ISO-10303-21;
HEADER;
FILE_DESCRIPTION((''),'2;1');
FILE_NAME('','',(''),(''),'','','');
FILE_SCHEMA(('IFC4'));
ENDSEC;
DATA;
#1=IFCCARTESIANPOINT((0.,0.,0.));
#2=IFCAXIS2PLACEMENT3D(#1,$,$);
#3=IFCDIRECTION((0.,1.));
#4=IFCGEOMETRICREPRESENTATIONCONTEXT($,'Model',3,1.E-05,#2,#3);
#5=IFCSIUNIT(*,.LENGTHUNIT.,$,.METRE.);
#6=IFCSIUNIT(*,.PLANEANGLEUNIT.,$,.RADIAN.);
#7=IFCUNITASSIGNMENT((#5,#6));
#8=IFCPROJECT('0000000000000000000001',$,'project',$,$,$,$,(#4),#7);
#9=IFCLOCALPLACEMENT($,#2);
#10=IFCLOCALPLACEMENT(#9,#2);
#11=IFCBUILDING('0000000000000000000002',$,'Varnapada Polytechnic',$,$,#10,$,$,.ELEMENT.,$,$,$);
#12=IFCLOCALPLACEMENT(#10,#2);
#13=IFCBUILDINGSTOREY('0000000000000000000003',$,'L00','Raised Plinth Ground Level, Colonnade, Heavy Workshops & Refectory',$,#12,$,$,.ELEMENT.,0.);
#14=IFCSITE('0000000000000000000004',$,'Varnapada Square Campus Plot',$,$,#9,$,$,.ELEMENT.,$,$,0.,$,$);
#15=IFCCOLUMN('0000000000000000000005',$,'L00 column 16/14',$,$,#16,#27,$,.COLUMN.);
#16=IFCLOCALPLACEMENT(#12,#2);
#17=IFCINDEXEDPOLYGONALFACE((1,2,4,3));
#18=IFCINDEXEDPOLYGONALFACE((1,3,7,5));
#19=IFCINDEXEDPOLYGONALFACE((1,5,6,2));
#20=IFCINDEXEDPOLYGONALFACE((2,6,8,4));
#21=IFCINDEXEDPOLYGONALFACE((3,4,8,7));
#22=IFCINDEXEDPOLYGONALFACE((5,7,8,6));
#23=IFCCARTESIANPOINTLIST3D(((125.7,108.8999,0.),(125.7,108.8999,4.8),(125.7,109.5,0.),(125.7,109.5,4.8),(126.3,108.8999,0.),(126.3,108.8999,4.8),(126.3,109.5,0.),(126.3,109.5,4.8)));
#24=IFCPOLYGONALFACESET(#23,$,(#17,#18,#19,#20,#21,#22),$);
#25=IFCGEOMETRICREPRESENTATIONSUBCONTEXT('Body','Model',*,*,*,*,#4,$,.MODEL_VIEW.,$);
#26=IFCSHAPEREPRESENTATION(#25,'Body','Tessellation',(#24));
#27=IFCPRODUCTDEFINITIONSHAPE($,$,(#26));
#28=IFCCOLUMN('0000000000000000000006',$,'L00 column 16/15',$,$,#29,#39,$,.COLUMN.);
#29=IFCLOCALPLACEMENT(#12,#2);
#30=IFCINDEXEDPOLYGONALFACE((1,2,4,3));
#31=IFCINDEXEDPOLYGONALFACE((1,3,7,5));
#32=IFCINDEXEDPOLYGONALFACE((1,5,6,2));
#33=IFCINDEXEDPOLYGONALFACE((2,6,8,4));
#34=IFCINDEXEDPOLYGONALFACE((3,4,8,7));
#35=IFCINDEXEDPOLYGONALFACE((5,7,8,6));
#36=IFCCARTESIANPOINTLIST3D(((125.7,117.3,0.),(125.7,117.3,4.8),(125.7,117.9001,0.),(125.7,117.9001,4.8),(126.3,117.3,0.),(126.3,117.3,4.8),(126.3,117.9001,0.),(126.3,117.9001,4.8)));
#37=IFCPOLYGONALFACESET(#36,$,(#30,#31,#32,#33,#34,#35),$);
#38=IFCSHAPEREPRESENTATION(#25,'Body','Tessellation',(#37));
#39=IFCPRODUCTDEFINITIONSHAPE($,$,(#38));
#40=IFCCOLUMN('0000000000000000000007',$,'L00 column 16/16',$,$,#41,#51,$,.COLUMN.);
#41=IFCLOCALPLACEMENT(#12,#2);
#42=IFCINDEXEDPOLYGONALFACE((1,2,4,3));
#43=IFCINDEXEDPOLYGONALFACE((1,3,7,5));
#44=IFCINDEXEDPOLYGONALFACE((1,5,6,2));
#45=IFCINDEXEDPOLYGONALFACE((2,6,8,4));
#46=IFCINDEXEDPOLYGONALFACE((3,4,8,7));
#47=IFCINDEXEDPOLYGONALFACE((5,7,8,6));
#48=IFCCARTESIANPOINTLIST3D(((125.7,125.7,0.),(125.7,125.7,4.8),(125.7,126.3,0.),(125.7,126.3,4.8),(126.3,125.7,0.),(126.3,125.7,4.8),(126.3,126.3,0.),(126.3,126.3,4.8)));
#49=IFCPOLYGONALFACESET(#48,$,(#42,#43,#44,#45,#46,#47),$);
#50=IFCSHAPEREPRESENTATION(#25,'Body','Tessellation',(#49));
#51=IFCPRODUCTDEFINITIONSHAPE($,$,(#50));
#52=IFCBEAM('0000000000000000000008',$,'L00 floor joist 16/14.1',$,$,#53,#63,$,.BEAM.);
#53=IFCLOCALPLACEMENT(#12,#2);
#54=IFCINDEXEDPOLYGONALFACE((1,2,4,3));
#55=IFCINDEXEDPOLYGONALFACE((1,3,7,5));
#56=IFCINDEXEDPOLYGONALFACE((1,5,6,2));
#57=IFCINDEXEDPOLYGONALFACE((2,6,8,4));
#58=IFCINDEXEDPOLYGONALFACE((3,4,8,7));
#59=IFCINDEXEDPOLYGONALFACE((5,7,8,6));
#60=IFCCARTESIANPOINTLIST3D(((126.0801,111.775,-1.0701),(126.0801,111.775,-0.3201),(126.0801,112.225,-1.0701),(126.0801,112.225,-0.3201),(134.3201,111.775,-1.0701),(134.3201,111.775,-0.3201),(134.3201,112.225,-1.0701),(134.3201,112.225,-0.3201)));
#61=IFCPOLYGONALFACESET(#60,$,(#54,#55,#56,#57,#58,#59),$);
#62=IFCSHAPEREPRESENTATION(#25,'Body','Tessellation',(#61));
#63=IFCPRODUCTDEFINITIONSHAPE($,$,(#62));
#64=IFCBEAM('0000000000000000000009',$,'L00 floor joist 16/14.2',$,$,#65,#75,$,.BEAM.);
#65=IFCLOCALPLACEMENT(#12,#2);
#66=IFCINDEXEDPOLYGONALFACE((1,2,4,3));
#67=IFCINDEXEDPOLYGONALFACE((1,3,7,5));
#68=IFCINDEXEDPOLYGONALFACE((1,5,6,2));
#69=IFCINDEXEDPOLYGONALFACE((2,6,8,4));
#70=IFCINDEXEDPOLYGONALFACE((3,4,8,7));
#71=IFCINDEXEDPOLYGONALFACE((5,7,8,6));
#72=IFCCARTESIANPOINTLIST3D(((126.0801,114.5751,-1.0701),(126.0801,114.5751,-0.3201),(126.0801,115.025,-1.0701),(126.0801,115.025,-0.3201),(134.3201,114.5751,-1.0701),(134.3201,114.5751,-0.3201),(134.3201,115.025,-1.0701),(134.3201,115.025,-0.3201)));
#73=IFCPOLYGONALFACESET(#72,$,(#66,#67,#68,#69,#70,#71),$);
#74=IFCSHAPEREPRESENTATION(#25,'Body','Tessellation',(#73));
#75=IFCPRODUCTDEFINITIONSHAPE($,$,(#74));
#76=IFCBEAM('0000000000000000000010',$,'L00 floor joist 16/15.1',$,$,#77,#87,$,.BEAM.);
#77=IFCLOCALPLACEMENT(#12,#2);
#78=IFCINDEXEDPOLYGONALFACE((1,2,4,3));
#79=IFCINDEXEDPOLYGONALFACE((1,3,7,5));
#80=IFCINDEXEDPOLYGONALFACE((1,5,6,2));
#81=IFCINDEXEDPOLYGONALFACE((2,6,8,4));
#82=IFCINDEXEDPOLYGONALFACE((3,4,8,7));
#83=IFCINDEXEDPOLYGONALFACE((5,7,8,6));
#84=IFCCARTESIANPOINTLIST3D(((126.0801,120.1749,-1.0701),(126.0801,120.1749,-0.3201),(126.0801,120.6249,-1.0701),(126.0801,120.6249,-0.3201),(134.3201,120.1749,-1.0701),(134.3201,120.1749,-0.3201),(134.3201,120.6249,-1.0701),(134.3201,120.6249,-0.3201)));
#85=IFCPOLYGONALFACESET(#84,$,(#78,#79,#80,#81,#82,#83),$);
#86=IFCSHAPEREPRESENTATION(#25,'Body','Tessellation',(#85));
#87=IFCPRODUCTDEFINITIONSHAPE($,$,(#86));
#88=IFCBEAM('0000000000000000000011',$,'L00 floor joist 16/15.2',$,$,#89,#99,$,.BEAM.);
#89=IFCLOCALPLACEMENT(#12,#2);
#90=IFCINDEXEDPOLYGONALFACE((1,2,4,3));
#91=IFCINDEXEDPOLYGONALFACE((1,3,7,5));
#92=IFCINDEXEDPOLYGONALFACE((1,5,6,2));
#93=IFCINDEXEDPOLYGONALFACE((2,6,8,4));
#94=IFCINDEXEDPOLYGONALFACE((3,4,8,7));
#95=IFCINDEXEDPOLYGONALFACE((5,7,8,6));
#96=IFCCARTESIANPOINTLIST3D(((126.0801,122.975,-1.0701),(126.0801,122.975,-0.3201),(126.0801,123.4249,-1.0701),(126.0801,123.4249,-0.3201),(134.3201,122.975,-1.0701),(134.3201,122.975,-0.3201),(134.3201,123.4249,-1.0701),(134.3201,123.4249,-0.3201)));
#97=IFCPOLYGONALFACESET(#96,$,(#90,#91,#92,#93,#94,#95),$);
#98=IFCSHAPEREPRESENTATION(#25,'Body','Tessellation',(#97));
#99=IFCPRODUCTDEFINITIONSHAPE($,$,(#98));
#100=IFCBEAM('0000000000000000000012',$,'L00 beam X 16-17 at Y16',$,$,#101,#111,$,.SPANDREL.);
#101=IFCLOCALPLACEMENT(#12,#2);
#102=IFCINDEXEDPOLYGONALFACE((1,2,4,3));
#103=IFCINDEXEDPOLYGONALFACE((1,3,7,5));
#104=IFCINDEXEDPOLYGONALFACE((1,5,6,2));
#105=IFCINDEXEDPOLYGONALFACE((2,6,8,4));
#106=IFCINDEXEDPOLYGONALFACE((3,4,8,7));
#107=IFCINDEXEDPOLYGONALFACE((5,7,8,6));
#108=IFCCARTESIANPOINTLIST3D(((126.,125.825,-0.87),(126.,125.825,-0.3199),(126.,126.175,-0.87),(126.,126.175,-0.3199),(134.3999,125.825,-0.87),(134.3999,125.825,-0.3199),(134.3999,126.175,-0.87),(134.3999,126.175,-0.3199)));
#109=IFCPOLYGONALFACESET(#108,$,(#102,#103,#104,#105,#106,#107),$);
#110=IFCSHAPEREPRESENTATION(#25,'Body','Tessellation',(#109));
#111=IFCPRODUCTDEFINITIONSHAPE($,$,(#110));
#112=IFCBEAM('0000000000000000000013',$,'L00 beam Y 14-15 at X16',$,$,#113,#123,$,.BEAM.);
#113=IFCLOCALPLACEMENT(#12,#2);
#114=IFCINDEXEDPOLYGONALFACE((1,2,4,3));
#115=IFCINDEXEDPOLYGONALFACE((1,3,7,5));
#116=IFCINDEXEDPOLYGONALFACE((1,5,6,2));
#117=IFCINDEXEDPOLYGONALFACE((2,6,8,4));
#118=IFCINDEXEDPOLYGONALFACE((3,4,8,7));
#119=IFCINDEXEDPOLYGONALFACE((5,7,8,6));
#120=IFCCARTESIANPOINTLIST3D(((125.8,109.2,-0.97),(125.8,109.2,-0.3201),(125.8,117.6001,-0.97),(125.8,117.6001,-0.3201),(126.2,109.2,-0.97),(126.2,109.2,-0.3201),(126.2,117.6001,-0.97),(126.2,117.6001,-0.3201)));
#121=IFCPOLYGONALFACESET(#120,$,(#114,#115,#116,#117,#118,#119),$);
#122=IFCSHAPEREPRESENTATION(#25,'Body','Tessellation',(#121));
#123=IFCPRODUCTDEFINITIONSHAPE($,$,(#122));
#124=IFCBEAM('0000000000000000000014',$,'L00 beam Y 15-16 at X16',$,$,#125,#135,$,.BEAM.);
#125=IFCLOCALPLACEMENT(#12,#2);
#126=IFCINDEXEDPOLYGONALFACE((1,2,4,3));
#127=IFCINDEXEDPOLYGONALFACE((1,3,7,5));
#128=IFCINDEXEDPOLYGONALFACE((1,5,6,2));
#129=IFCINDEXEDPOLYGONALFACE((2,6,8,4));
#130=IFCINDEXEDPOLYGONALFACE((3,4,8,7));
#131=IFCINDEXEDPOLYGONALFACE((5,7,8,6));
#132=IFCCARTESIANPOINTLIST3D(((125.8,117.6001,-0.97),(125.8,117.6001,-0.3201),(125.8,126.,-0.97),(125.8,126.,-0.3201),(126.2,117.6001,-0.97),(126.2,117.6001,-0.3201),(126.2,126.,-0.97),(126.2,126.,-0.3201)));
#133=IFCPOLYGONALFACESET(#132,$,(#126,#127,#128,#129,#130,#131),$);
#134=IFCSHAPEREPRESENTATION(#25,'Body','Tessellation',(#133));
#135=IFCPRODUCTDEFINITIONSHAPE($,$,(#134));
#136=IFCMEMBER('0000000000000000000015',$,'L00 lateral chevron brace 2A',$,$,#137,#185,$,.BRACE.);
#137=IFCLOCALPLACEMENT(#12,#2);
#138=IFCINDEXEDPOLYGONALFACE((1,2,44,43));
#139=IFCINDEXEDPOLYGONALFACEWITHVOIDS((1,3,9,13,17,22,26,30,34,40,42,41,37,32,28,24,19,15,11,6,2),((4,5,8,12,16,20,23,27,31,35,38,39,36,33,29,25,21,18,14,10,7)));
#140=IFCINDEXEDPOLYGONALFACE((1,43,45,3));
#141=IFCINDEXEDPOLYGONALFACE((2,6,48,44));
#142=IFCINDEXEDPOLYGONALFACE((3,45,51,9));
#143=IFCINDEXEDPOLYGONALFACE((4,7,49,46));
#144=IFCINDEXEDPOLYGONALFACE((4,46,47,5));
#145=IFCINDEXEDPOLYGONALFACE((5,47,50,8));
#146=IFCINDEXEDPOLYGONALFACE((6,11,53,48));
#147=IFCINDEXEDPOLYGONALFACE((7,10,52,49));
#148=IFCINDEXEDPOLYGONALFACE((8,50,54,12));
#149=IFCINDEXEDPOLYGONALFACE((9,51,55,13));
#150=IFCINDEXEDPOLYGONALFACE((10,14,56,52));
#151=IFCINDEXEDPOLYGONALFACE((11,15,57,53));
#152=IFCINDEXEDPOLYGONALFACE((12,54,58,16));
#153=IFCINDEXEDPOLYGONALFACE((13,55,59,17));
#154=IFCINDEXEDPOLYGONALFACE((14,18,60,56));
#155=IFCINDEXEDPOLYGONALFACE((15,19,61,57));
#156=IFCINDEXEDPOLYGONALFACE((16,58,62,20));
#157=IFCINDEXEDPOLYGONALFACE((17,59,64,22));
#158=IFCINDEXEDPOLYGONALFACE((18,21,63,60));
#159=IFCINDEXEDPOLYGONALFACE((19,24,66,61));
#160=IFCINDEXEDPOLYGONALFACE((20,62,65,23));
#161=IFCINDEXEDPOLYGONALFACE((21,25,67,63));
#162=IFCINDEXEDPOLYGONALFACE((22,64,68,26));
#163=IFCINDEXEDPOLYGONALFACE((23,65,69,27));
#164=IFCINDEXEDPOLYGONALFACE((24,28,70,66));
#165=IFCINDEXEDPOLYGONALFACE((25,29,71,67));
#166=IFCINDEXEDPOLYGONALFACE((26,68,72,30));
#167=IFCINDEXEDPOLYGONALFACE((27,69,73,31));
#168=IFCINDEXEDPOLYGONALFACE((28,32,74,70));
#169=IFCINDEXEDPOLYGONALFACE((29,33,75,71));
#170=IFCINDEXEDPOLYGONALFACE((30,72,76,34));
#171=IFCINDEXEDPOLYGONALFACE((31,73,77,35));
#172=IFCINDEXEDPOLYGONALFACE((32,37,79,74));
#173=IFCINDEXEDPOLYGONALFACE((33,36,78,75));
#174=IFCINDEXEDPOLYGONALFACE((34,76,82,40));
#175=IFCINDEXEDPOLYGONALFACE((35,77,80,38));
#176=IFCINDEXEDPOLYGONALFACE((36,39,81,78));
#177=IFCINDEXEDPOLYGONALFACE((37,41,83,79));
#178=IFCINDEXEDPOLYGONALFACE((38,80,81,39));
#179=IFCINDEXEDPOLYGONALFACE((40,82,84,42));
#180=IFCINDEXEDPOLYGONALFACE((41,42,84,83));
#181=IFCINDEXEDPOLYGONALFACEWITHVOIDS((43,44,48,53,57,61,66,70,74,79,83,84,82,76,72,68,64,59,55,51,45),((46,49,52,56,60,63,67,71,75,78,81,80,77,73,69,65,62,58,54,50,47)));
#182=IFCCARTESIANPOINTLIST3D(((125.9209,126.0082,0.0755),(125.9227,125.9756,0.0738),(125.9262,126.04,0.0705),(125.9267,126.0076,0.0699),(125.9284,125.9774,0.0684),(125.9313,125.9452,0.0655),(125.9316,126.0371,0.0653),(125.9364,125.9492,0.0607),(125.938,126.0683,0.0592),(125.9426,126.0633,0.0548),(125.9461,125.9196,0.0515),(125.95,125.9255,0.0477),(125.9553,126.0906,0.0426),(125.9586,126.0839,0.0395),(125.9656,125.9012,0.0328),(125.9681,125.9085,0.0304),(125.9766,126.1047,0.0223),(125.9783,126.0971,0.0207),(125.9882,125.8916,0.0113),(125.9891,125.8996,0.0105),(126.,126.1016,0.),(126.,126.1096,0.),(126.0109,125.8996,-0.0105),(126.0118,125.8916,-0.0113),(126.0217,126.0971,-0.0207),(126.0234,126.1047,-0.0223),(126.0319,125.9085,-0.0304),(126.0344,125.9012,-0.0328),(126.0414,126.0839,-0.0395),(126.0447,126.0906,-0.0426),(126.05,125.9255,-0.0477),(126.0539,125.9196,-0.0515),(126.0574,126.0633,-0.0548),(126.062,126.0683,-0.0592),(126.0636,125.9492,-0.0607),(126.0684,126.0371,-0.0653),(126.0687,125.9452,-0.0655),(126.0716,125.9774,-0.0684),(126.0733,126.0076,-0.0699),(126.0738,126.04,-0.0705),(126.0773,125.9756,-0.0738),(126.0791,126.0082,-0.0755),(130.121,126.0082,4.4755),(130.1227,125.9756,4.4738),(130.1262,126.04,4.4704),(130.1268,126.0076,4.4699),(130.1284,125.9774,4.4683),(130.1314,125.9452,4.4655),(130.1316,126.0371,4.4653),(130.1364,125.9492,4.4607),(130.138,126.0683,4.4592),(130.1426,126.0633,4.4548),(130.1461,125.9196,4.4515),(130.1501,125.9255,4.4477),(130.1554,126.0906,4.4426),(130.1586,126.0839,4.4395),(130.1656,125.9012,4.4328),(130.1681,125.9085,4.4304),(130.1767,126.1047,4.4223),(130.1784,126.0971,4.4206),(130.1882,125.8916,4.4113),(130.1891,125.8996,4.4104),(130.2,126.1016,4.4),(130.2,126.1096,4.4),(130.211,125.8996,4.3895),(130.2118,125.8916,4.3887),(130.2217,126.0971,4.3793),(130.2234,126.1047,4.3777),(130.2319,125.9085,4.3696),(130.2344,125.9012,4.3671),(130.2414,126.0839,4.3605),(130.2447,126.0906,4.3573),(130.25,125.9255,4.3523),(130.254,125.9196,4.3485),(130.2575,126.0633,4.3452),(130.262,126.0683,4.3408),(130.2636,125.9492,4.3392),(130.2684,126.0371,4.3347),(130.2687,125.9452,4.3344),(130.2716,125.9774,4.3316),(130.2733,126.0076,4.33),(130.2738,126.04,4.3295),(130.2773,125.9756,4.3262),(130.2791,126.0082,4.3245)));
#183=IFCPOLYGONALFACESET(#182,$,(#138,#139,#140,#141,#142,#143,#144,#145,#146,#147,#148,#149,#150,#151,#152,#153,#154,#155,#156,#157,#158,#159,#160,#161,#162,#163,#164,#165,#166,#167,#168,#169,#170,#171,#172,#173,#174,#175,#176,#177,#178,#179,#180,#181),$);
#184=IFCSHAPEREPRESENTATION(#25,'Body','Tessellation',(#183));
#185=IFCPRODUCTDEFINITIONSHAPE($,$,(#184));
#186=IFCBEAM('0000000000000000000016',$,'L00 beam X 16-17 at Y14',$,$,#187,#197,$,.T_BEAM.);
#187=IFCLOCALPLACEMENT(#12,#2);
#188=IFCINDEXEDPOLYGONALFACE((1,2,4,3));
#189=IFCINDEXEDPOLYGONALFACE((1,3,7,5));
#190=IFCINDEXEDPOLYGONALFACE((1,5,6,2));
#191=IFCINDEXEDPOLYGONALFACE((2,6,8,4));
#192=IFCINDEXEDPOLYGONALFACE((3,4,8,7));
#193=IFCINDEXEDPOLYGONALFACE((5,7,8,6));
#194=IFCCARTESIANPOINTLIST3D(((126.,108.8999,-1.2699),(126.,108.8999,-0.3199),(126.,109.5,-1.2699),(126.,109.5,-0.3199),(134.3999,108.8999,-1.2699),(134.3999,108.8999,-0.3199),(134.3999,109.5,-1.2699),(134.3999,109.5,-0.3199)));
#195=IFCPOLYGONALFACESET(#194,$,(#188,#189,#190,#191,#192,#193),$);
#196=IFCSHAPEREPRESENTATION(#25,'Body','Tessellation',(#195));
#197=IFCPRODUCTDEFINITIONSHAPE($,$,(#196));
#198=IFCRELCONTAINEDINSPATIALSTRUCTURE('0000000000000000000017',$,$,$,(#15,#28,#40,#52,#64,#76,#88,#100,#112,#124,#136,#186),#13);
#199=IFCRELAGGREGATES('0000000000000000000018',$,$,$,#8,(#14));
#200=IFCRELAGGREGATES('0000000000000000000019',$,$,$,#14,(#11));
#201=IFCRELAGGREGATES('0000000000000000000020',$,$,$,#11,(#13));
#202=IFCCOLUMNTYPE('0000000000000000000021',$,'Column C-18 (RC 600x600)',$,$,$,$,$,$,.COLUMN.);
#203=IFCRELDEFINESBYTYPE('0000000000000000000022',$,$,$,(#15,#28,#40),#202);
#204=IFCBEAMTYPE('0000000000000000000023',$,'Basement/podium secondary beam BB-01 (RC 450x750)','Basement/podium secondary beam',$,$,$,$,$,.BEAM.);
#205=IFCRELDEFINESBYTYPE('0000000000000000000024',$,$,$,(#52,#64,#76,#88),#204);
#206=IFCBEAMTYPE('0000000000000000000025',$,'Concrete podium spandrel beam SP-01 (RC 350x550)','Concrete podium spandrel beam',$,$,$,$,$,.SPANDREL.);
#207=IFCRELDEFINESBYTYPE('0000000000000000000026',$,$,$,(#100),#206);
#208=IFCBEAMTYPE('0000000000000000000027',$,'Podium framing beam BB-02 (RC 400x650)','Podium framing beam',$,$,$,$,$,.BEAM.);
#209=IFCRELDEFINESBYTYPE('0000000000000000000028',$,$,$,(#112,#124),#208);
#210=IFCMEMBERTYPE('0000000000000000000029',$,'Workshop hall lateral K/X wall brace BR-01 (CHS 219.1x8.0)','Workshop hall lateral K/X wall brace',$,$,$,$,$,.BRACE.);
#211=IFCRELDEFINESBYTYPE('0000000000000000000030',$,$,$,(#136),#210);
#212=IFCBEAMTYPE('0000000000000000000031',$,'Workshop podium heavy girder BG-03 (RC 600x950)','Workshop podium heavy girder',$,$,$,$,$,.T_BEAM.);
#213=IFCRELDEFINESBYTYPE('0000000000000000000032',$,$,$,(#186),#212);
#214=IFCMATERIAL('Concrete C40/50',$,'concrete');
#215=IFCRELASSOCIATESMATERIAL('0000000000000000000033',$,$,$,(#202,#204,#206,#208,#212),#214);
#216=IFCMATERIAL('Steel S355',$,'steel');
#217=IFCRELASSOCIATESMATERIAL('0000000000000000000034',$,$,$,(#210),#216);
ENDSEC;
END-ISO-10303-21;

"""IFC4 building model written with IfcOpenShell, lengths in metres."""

from ifc_helpers import new_model, si_unit, direction, frame, origin, origin_2d, place, context, subcontext, project, spatial, rectangle, hollow_circle, extrude, material, material_profile, profile_set, type_object, element, save


model = new_model("IFC4")

# Units and contexts
model_context = context("Model", 3, precision=1e-05, world=origin(), true_north=direction((0.0, 1.0)))
body_context = subcontext(model_context, "Body", "Model", "MODEL_VIEW")
ifc_project = project(units=[si_unit("LENGTHUNIT", "METRE"), si_unit("PLANEANGLEUNIT", "RADIAN")], contexts=[model_context])

# Site, building, storey
site_placement = place(None, origin())
site = spatial("IfcSite", under=ifc_project, at=site_placement, Name="Varnapada Square Campus Plot", CompositionType="ELEMENT", RefElevation=0.0)
building_placement = place(site_placement, origin())
building = spatial("IfcBuilding", under=site, at=building_placement, Name="Varnapada Polytechnic", CompositionType="ELEMENT")
storey_placement = place(building_placement, origin())
storey = spatial("IfcBuildingStorey", under=building, at=storey_placement, Name="L00", Description="Raised Plinth Ground Level, Colonnade, Heavy Workshops & Refectory", CompositionType="ELEMENT", Elevation=0.0)

# Columns
ifc_material_1 = material(Name="Concrete C40/50", Category="concrete")
ifc_material_profile_1 = material_profile(ifc_material_1, rectangle(XDim=0.6001, YDim=0.6001, at=origin_2d()), Name="RC 600x600")
ifc_profile_set_1 = profile_set([ifc_material_profile_1], Name="Concrete C40/50")
column_type = type_object("IfcColumnType", Name="Column C-18 (RC 600x600)", PredefinedType="COLUMN", material=ifc_profile_set_1)
for number, where, z_axis, x_axis, name in (
    (1, (126.0, 109.2, 0.0), (0.0, 0.0, 1.0), (1.0, 0.0, 0.0), "L00 column 16/14"),
    (2, (126.0, 117.6001, 0.0), (0.0, 0.0, 1.0), (1.0, 0.0, 0.0), "L00 column 16/15"),
    (3, (126.0, 126.0, 0.0), (0.0, 0.0, 1.0), (1.0, 0.0, 0.0), "L00 column 16/16"),
):
    element("IfcColumn", number, at=place(storey_placement, frame(where, z_axis=z_axis, x_axis=x_axis)), inside=storey, type_object=column_type, Name=name, PredefinedType="COLUMN", context=body_context, shape_type="SweptSolid", body=[
        extrude(rectangle(XDim=0.6001, YDim=0.6001, at=origin_2d()), origin(), (0.0, 0.0, 1.0), 4.8),
    ])

# Beams
ifc_material_profile_2 = material_profile(ifc_material_1, rectangle(XDim=0.45, YDim=0.75, at=origin_2d()), Name="RC 450x750")
ifc_profile_set_2 = profile_set([ifc_material_profile_2], Name="Concrete C40/50")
beam_type_1 = type_object("IfcBeamType", Name="Basement/podium secondary beam BB-01 (RC 450x750)", Description="Basement/podium secondary beam", PredefinedType="BEAM", material=ifc_profile_set_2)
for number, where, z_axis, x_axis, name in (
    (4, (126.0801, 112.0, -0.6951), (1.0, 0.0, 0.0), (0.0, 1.0, 0.0), "L00 floor joist 16/14.1"),
    (5, (126.0801, 114.8, -0.6951), (1.0, 0.0, 0.0), (0.0, 1.0, 0.0), "L00 floor joist 16/14.2"),
    (6, (126.0801, 120.3999, -0.6951), (1.0, 0.0, 0.0), (0.0, 1.0, 0.0), "L00 floor joist 16/15.1"),
    (7, (126.0801, 123.2, -0.6951), (1.0, 0.0, 0.0), (0.0, 1.0, 0.0), "L00 floor joist 16/15.2"),
):
    element("IfcBeam", number, at=place(storey_placement, frame(where, z_axis=z_axis, x_axis=x_axis)), inside=storey, type_object=beam_type_1, Name=name, PredefinedType="BEAM", context=body_context, shape_type="SweptSolid", body=[
        extrude(rectangle(XDim=0.45, YDim=0.75, at=origin_2d()), origin(), (0.0, 0.0, 1.0), 8.24),
    ])
ifc_material_profile_3 = material_profile(ifc_material_1, rectangle(XDim=0.3501, YDim=0.55, at=origin_2d()), Name="RC 350x550")
ifc_profile_set_3 = profile_set([ifc_material_profile_3], Name="Concrete C40/50")
beam_type_2 = type_object("IfcBeamType", Name="Concrete podium spandrel beam SP-01 (RC 350x550)", Description="Concrete podium spandrel beam", PredefinedType="SPANDREL", material=ifc_profile_set_3)
beam_1_placement = place(storey_placement, frame((126.0, 126.0, -0.595), z_axis=(1.0, 0.0, 0.0), x_axis=(0.0, 1.0, 0.0)))
element("IfcBeam", 8, at=beam_1_placement, inside=storey, type_object=beam_type_2, Name="L00 beam X 16-17 at Y16", PredefinedType="SPANDREL", context=body_context, shape_type="SweptSolid", body=[
    extrude(rectangle(XDim=0.3501, YDim=0.55, at=origin_2d()), origin(), (0.0, 0.0, 1.0), 8.3999),
])
ifc_material_profile_4 = material_profile(ifc_material_1, rectangle(XDim=0.3999, YDim=0.6499, at=origin_2d()), Name="RC 400x650")
ifc_profile_set_4 = profile_set([ifc_material_profile_4], Name="Concrete C40/50")
beam_type_3 = type_object("IfcBeamType", Name="Podium framing beam BB-02 (RC 400x650)", Description="Podium framing beam", PredefinedType="BEAM", material=ifc_profile_set_4)
beam_2_placement = place(storey_placement, frame((126.0, 109.2, -0.645), z_axis=(0.0, 1.0, 0.0), x_axis=(-1.0, 0.0, 0.0)))
element("IfcBeam", 9, at=beam_2_placement, inside=storey, type_object=beam_type_3, Name="L00 beam Y 14-15 at X16", PredefinedType="BEAM", context=body_context, shape_type="SweptSolid", body=[
    extrude(rectangle(XDim=0.3999, YDim=0.6499, at=origin_2d()), origin(), (0.0, 0.0, 1.0), 8.4001),
])
beam_3_placement = place(storey_placement, frame((126.0, 117.6001, -0.645), z_axis=(0.0, 1.0, 0.0), x_axis=(-1.0, 0.0, 0.0)))
element("IfcBeam", 10, at=beam_3_placement, inside=storey, type_object=beam_type_3, Name="L00 beam Y 15-16 at X16", PredefinedType="BEAM", context=body_context, shape_type="SweptSolid", body=[
    extrude(rectangle(XDim=0.3999, YDim=0.6499, at=origin_2d()), origin(), (0.0, 0.0, 1.0), 8.3999),
])

# Member
ifc_material_2 = material(Name="Steel S355", Category="steel")
ifc_material_profile_5 = material_profile(ifc_material_2, hollow_circle(Radius=0.1096, WallThickness=0.0081, at=origin_2d()), Name="CHS 219.1x8.0")
ifc_profile_set_5 = profile_set([ifc_material_profile_5], Name="Steel S355")
member_type = type_object("IfcMemberType", Name="Workshop hall lateral K/X wall brace BR-01 (CHS 219.1x8.0)", Description="Workshop hall lateral K/X wall brace", PredefinedType="BRACE", material=ifc_profile_set_5)
member_placement = place(storey_placement, frame((126.0, 126.0, 0.0), z_axis=(0.69048, 0.0, 0.723352), x_axis=(0.0, 1.0, 0.0)))
element("IfcMember", 11, at=member_placement, inside=storey, type_object=member_type, Name="L00 lateral chevron brace 2A", PredefinedType="BRACE", context=body_context, shape_type="SweptSolid", body=[
    extrude(hollow_circle(Radius=0.1096, WallThickness=0.0081, at=origin_2d()), origin(), (0.0, 0.0, 1.0), 6.0828),
])

# Beam
ifc_material_profile_6 = material_profile(ifc_material_1, rectangle(XDim=0.6001, YDim=0.95, at=origin_2d()), Name="RC 600x950")
ifc_profile_set_6 = profile_set([ifc_material_profile_6], Name="Concrete C40/50")
beam_type_4 = type_object("IfcBeamType", Name="Workshop podium heavy girder BG-03 (RC 600x950)", Description="Workshop podium heavy girder", PredefinedType="T_BEAM", material=ifc_profile_set_6)
for number, where, z_axis, x_axis, name in (
    (12, (126.0, 109.2, -0.7949), (1.0, 0.0, 0.0), (0.0, 1.0, 0.0), "L00 beam X 16-17 at Y14"),
):
    element("IfcBeam", number, at=place(storey_placement, frame(where, z_axis=z_axis, x_axis=x_axis)), inside=storey, type_object=beam_type_4, Name=name, PredefinedType="T_BEAM", context=body_context, shape_type="SweptSolid", body=[
        extrude(rectangle(XDim=0.6001, YDim=0.95, at=origin_2d()), origin(), (0.0, 0.0, 1.0), 8.3999),
    ])

save(model, "model.ifc")
